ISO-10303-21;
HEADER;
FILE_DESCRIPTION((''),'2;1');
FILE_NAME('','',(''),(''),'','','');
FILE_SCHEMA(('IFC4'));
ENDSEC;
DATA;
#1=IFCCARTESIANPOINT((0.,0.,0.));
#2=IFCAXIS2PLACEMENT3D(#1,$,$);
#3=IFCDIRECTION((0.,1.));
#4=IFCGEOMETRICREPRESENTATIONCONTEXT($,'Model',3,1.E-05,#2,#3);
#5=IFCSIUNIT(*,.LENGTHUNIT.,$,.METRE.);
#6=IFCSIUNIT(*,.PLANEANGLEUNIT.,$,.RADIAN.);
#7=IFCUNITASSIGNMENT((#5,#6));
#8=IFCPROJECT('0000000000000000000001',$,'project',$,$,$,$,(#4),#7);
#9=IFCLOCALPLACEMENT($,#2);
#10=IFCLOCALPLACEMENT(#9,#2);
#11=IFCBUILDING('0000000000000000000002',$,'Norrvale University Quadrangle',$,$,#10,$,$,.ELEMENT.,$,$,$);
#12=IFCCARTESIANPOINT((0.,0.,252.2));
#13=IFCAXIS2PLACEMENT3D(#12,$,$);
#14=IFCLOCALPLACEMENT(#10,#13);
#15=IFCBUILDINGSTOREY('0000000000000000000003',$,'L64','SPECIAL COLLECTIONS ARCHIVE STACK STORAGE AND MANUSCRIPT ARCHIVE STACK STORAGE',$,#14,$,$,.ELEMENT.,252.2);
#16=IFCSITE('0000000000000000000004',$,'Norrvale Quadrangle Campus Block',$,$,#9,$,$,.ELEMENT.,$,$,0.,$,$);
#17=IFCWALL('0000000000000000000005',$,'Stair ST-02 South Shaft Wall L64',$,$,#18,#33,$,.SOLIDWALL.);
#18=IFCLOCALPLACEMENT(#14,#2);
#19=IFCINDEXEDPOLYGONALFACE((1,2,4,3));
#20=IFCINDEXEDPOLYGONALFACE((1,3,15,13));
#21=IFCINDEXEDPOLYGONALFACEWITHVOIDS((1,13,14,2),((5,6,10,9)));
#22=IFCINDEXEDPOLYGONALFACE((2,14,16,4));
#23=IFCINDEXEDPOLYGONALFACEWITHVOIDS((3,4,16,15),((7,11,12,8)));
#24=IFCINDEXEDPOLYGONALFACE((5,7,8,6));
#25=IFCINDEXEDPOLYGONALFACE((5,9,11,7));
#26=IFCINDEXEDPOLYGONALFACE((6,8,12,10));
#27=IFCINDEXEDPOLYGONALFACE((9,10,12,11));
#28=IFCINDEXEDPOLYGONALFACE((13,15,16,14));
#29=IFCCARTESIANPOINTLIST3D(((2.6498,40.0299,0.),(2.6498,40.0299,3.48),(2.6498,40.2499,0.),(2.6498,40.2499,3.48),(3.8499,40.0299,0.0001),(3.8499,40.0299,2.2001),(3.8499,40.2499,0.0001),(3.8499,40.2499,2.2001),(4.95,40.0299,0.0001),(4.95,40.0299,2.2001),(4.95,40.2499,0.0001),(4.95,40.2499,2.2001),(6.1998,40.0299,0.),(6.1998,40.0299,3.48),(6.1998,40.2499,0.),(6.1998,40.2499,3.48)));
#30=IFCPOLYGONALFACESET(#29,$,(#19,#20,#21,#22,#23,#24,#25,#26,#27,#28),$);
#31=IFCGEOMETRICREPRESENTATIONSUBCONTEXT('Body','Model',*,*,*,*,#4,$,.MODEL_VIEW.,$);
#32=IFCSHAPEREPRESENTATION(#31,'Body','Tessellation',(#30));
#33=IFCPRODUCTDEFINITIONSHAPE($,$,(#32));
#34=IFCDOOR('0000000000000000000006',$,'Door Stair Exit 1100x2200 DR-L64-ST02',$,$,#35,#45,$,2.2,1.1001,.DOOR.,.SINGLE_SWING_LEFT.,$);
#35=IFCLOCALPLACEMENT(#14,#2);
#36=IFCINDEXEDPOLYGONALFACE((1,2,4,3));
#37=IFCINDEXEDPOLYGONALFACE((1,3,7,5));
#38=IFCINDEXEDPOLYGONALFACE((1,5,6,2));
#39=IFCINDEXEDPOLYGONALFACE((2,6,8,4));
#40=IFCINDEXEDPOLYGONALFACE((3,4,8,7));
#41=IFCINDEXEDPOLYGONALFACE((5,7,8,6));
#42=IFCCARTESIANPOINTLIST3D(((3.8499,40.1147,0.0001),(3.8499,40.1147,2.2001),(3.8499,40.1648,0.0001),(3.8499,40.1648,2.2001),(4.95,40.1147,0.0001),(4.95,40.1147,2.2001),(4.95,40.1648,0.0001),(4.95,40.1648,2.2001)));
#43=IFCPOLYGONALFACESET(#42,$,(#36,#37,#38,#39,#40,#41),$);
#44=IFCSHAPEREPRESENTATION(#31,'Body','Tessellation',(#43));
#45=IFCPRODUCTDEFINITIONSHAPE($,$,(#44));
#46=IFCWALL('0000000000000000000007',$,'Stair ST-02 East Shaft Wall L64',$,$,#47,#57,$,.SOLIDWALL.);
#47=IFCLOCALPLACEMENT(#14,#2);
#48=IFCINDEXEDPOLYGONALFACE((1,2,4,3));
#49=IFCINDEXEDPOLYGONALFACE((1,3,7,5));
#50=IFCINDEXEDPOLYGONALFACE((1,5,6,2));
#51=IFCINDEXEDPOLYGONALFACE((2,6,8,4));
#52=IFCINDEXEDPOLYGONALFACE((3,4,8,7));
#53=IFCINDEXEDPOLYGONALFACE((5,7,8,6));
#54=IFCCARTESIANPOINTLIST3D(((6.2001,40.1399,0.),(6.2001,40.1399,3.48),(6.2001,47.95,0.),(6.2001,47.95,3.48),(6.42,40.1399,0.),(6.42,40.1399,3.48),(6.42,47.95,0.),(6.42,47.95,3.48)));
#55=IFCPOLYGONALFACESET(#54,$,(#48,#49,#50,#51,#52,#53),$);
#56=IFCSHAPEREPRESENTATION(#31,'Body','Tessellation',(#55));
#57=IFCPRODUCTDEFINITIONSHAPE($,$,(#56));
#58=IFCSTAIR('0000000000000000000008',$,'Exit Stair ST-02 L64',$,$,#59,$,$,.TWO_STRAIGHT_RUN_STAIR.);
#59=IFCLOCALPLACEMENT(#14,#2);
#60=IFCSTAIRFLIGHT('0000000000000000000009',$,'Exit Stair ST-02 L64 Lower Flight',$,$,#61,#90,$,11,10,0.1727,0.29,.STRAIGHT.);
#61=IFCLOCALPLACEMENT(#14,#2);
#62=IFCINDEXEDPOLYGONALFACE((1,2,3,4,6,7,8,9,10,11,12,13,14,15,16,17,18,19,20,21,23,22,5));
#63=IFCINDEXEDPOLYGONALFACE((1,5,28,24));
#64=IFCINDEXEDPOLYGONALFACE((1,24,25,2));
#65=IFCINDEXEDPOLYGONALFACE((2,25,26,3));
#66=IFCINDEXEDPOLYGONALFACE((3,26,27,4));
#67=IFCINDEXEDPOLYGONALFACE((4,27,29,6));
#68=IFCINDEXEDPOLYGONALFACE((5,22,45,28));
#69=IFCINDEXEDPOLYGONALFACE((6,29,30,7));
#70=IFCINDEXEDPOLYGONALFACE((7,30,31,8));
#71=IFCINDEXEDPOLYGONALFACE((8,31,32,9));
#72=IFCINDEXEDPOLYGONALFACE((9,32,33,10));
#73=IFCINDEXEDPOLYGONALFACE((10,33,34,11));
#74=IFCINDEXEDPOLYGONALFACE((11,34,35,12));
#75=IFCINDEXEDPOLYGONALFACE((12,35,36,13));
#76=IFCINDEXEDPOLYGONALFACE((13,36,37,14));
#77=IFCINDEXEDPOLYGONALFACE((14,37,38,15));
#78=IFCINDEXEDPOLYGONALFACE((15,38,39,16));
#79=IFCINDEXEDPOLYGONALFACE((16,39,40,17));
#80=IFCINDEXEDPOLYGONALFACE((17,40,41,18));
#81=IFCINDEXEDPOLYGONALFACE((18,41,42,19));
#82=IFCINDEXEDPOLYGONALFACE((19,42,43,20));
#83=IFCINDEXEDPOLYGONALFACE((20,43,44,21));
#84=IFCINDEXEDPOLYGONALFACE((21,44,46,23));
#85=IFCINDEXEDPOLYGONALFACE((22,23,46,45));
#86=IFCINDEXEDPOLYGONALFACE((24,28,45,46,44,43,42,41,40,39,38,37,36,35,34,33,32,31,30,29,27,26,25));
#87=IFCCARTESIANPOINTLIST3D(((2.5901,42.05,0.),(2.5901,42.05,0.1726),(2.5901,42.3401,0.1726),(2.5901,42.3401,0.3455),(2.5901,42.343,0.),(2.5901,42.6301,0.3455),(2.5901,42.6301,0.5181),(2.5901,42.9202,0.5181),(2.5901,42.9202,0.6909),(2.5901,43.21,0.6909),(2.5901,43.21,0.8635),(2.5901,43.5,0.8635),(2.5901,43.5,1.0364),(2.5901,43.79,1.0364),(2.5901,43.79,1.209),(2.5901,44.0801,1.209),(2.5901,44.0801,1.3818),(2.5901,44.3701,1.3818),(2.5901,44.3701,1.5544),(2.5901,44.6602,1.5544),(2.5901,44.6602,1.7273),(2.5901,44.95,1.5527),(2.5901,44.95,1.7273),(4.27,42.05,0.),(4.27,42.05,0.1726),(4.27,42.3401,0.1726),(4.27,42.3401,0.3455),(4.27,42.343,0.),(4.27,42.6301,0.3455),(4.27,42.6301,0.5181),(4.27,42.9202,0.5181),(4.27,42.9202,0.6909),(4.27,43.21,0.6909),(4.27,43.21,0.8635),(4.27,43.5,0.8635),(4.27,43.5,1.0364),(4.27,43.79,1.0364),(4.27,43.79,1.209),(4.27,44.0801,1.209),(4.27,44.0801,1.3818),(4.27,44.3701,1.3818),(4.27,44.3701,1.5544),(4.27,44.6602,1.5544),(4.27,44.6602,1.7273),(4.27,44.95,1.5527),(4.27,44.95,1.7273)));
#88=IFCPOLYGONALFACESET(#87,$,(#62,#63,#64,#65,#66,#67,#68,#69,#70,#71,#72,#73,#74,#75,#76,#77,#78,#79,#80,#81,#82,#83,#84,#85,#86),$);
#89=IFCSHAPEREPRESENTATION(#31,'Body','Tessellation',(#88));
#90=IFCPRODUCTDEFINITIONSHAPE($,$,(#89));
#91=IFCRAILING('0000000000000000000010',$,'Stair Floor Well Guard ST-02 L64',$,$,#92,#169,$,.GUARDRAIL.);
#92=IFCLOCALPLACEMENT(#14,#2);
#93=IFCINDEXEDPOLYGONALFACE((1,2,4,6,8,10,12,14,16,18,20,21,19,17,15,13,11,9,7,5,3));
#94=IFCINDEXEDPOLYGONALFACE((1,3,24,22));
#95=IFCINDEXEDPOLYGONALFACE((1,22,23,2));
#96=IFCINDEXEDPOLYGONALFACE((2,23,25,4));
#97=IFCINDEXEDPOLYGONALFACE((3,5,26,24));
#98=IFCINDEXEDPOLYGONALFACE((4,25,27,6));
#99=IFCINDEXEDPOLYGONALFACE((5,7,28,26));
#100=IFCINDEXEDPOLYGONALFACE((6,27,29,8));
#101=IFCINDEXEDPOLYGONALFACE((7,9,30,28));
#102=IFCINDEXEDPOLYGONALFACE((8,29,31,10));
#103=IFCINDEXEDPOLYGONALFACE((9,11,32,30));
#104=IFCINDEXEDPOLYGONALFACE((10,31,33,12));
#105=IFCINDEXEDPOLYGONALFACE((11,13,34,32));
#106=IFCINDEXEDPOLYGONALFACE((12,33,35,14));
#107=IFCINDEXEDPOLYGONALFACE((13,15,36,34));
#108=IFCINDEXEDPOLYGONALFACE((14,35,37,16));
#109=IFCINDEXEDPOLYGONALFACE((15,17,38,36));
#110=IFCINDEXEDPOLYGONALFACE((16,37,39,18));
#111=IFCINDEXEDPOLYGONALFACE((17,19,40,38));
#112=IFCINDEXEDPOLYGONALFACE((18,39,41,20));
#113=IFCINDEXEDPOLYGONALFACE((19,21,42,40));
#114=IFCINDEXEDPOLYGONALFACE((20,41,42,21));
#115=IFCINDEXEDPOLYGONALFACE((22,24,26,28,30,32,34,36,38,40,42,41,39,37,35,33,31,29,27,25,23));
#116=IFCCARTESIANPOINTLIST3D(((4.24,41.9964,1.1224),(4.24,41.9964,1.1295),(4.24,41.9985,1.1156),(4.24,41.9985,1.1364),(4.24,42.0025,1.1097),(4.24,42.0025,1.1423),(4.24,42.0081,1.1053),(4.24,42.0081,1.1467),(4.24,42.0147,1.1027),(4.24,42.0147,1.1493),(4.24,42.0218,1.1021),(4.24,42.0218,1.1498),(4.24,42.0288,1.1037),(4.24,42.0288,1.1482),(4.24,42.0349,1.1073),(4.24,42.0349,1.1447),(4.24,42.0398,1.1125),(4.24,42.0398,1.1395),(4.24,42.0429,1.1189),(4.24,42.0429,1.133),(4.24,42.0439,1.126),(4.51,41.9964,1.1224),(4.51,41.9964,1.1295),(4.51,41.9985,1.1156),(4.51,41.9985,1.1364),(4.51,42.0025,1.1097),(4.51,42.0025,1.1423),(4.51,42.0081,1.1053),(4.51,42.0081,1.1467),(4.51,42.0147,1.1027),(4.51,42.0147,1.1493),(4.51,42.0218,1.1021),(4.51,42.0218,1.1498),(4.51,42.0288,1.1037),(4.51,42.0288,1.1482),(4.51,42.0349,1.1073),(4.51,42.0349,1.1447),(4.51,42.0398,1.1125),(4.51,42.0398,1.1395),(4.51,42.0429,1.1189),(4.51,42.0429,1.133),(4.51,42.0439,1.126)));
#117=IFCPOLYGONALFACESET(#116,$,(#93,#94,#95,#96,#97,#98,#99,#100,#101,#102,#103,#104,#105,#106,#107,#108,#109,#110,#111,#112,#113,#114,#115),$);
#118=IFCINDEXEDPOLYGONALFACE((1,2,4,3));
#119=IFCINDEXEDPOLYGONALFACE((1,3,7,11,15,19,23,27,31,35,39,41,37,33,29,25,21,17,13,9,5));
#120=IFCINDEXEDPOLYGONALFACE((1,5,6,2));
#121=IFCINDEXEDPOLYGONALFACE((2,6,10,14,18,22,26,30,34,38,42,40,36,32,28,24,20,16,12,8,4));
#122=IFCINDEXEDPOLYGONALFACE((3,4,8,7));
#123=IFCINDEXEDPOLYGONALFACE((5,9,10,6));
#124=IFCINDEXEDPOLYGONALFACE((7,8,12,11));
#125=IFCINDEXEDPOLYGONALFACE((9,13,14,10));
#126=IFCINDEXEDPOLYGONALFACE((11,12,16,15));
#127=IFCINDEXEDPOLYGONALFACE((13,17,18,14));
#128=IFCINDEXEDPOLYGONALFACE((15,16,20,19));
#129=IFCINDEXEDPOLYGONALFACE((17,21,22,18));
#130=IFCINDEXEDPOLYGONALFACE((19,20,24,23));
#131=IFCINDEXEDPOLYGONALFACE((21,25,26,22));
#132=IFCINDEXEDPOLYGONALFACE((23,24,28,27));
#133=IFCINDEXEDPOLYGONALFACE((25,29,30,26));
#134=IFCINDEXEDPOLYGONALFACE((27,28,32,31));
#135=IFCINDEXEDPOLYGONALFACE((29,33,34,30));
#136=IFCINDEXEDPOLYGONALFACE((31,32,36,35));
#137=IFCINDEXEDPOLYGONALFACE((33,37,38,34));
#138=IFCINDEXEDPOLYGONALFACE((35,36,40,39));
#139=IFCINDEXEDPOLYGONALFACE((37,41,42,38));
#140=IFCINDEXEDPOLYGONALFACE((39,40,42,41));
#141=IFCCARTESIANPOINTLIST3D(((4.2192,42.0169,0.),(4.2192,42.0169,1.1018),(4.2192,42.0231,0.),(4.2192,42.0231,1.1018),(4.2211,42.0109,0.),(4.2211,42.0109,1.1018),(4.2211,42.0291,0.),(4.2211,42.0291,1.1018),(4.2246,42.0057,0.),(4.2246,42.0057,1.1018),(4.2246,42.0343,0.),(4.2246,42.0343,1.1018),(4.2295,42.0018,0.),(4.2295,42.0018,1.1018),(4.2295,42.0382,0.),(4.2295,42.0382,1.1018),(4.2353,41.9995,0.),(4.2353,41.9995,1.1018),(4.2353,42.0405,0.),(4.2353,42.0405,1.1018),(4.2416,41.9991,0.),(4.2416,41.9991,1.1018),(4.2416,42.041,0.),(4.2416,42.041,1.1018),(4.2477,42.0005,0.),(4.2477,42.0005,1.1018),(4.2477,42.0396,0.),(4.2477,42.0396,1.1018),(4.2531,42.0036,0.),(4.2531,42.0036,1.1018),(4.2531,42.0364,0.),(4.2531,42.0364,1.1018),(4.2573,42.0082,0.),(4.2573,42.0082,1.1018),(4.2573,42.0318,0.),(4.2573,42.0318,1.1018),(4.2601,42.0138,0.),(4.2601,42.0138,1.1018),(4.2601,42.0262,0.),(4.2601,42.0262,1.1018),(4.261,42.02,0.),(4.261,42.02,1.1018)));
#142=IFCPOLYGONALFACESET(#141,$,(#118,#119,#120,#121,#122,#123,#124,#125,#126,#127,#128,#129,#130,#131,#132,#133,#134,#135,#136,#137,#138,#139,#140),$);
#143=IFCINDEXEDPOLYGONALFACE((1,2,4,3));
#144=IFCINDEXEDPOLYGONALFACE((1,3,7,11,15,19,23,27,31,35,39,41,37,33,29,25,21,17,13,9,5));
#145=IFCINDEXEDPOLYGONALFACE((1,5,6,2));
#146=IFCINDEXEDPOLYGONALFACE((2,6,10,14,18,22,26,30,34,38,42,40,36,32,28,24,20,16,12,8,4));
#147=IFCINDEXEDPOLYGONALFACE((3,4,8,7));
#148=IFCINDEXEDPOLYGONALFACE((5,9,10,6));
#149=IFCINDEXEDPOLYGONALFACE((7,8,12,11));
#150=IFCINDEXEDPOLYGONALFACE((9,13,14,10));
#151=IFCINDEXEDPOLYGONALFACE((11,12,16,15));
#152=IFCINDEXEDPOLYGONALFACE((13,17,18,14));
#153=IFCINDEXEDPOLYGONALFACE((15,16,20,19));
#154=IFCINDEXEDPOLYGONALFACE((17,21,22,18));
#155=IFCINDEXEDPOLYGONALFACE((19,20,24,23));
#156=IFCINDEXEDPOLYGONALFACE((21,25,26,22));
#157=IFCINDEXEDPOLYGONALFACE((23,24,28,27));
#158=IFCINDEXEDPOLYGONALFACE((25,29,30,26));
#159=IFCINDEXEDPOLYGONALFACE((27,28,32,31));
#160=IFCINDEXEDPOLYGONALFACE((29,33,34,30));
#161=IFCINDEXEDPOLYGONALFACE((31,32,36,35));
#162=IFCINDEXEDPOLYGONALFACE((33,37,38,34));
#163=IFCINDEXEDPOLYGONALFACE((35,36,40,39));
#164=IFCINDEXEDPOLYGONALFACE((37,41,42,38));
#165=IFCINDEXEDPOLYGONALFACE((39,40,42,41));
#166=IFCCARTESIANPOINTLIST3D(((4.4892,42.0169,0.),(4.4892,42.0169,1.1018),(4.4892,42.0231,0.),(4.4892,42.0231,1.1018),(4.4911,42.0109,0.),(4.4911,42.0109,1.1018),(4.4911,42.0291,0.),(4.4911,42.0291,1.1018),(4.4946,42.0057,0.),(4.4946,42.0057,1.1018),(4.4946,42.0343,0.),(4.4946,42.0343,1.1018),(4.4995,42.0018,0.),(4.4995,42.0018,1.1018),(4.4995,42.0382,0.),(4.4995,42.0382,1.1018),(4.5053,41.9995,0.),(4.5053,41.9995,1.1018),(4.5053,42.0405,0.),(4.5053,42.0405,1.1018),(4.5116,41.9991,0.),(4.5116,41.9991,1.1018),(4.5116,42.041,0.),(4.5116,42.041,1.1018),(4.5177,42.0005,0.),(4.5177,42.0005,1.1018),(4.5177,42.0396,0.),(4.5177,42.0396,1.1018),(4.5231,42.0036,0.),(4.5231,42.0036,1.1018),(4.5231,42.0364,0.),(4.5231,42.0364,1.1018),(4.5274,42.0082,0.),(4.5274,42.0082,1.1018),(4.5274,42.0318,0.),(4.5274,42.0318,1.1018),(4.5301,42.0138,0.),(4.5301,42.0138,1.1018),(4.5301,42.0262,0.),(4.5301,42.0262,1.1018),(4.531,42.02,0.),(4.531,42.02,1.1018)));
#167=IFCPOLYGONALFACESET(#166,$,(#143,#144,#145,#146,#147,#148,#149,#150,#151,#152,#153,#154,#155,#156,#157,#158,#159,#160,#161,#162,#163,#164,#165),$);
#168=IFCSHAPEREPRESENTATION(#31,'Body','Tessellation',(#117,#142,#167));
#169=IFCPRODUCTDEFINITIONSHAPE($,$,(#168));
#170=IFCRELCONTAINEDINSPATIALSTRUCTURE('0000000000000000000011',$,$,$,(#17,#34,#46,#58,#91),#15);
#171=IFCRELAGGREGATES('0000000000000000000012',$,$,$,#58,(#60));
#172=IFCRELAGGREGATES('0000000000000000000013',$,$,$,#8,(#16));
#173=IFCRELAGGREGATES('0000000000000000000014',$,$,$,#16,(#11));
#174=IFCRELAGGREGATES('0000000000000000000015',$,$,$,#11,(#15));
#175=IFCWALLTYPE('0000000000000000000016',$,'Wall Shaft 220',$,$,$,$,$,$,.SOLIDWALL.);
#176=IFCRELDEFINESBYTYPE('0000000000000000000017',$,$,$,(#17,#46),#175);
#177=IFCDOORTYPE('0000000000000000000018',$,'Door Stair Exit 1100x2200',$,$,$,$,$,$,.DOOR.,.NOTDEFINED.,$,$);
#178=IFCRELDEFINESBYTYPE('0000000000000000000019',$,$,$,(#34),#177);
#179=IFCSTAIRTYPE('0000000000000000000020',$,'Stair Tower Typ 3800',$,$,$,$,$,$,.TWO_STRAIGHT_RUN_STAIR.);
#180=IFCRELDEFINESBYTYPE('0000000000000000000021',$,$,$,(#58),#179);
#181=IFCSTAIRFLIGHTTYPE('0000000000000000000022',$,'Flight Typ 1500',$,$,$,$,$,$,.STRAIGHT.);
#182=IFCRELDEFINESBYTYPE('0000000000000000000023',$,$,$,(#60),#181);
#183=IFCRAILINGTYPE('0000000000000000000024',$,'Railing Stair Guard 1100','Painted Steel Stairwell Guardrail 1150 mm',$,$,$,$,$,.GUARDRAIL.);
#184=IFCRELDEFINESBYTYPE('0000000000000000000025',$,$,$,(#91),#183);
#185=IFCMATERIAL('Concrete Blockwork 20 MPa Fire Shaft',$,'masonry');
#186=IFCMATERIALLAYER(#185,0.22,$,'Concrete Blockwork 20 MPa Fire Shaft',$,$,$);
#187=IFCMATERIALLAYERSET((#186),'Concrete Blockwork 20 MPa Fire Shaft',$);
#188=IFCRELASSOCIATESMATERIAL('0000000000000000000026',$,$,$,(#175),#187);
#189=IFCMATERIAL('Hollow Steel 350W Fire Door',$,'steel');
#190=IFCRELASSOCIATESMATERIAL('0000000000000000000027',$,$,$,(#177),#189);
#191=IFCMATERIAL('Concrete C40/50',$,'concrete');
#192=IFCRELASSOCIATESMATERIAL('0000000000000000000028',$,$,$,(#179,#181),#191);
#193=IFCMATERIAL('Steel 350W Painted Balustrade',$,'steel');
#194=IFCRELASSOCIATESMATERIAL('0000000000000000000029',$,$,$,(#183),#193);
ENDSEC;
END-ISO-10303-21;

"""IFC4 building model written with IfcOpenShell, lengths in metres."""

from ifc_helpers import new_model, si_unit, direction, frame, frame_2d, origin, origin_2d, place, context, subcontext, project, spatial, polyline, rectangle, circle, outline, extrude, material, layer, layer_set, type_object, element, fill, aggregate, save


model = new_model("IFC4")

# Units and contexts
model_context = context("Model", 3, precision=1e-05, world=origin(), true_north=direction((0.0, 1.0)))
body_context = subcontext(model_context, "Body", "Model", "MODEL_VIEW")
ifc_project = project(units=[si_unit("LENGTHUNIT", "METRE"), si_unit("PLANEANGLEUNIT", "RADIAN")], contexts=[model_context])

# Site, building, storey
site_placement = place(None, origin())
site = spatial("IfcSite", under=ifc_project, at=site_placement, Name="Norrvale Quadrangle Campus Block", CompositionType="ELEMENT", RefElevation=0.0)
building_placement = place(site_placement, origin())
building = spatial("IfcBuilding", under=site, at=building_placement, Name="Norrvale University Quadrangle", CompositionType="ELEMENT")
storey_placement = place(building_placement, frame((0.0, 0.0, 252.2)))
storey = spatial("IfcBuildingStorey", under=building, at=storey_placement, Name="L64", Description="SPECIAL COLLECTIONS ARCHIVE STACK STORAGE AND MANUSCRIPT ARCHIVE STACK STORAGE", CompositionType="ELEMENT", Elevation=252.2)

# Wall, opening, door
ifc_material_1 = material(Name="Concrete Blockwork 20 MPa Fire Shaft", Category="masonry")
ifc_layer_1 = layer(ifc_material_1, 0.22, Name="Concrete Blockwork 20 MPa Fire Shaft")
ifc_layer_set_1 = layer_set([ifc_layer_1], Name="Concrete Blockwork 20 MPa Fire Shaft")
wall_type_1 = type_object("IfcWallType", Name="Wall Shaft 220", PredefinedType="SOLIDWALL", material=ifc_layer_set_1)
wall_1_placement = place(storey_placement, frame((2.6499, 40.1399, 0.0), z_axis=(0.0, 0.0, 1.0), x_axis=(1.0, 0.0, 0.0)))
wall_1 = element("IfcWall", 1, at=wall_1_placement, inside=storey, type_object=wall_type_1, Name="Stair ST-02 South Shaft Wall L64", PredefinedType="SOLIDWALL", context=body_context, shape_type="SweptSolid", body=[
    extrude(rectangle(XDim=3.55, YDim=0.22, at=frame_2d((1.7749, 0.0))), origin(), (0.0, 0.0, 1.0), 3.48),
])
opening_placement = place(wall_1_placement, frame((1.2, 0.0, 0.0)))
opening = element("IfcOpeningElement", 2, at=opening_placement, cuts=wall_1, PredefinedType="OPENING", context=body_context, shape_type="SweptSolid", body=[
    extrude(rectangle(XDim=1.1001, YDim=2.2, at=frame_2d((0.55, 1.1001))), frame((0.0, 0.1221, 0.0), z_axis=(0.0, -1.0, 0.0), x_axis=(1.0, 0.0, 0.0)), (0.0, 0.0, 1.0), 0.2439),
])
ifc_material_2 = material(Name="Hollow Steel 350W Fire Door", Category="steel")
door_type = type_object("IfcDoorType", Name="Door Stair Exit 1100x2200", OperationType="NOTDEFINED", PredefinedType="DOOR", material=ifc_material_2)
door_placement = place(opening_placement, origin())
door = element("IfcDoor", 3, at=door_placement, inside=storey, type_object=door_type, Name="Door Stair Exit 1100x2200 DR-L64-ST02", OperationType="SINGLE_SWING_LEFT", OverallHeight=2.2, OverallWidth=1.1001, PredefinedType="DOOR", context=body_context, shape_type="SweptSolid", body=[
    extrude(rectangle(XDim=1.1001, YDim=2.2, at=frame_2d((0.55, 1.1001))), frame((0.0, 0.0249, 0.0), z_axis=(0.0, -1.0, 0.0), x_axis=(1.0, 0.0, 0.0)), (0.0, 0.0, 1.0), 0.05),
])
fill(opening, door)

# Wall
wall_2_placement = place(storey_placement, frame((6.3101, 40.1399, 0.0), z_axis=(0.0, 0.0, 1.0), x_axis=(0.0, 1.0, 0.0)))
element("IfcWall", 4, at=wall_2_placement, inside=storey, type_object=wall_type_1, Name="Stair ST-02 East Shaft Wall L64", PredefinedType="SOLIDWALL", context=body_context, shape_type="SweptSolid", body=[
    extrude(rectangle(XDim=7.8101, YDim=0.22, at=frame_2d((3.905, 0.0))), origin(), (0.0, 0.0, 1.0), 3.48),
])

# Stair, stair flight
ifc_material_3 = material(Name="Concrete C40/50", Category="concrete")
stair_type = type_object("IfcStairType", Name="Stair Tower Typ 3800", PredefinedType="TWO_STRAIGHT_RUN_STAIR", material=ifc_material_3)
stair_placement = place(storey_placement, origin())
stair = element("IfcStair", 5, at=stair_placement, inside=storey, type_object=stair_type, Name="Exit Stair ST-02 L64", PredefinedType="TWO_STRAIGHT_RUN_STAIR")
stair_flight_type = type_object("IfcStairFlightType", Name="Flight Typ 1500", PredefinedType="STRAIGHT", material=ifc_material_3)
stair_flight_placement = place(storey_placement, frame((3.4299, 42.05, 0.0), z_axis=(0.0, 0.0, 1.0), x_axis=(0.0, 1.0, 0.0)))
stair_flight = element("IfcStairFlight", 6, at=stair_flight_placement, type_object=stair_flight_type, Name="Exit Stair ST-02 L64 Lower Flight", NumberOfRisers=11, NumberOfTreads=10, PredefinedType="STRAIGHT", RiserHeight=0.1727, TreadLength=0.29, context=body_context, shape_type="SweptSolid", body=[
    extrude(outline(polyline([(0.0, 0.0), (0.0, 0.1726), (0.29, 0.1726), (0.29, 0.3455), (0.5801, 0.3455), (0.5801, 0.5181), (0.8701, 0.5181), (0.8701, 0.6909), (1.1599, 0.6909), (1.1599, 0.8635), (1.45, 0.8635), (1.45, 1.0364), (1.74, 1.0364), (1.74, 1.209), (2.03, 1.209), (2.03, 1.3818), (2.3201, 1.3818), (2.3201, 1.5544), (2.6101, 1.5544), (2.6101, 1.7273), (2.8999, 1.7273), (2.8999, 1.8999), (2.8999, 1.5527), (0.293, 0.0), (0.0, 0.0)])), frame((0.0, 0.8398, 0.0), z_axis=(0.0, -1.0, 0.0), x_axis=(1.0, 0.0, 0.0)), (0.0, 0.0, 1.0), 1.6799),
])
aggregate(stair, [stair_flight])

# Railing
ifc_material_4 = material(Name="Steel 350W Painted Balustrade", Category="steel")
railing_type_1 = type_object("IfcRailingType", Name="Railing Stair Guard 1100", Description="Painted Steel Stairwell Guardrail 1150 mm", PredefinedType="GUARDRAIL", material=ifc_material_4)
railing_1_placement = place(storey_placement, frame((4.24, 42.02, 0.0)))
element("IfcRailing", 7, at=railing_1_placement, inside=storey, type_object=railing_type_1, Name="Stair Floor Well Guard ST-02 L64", PredefinedType="GUARDRAIL", context=body_context, shape_type="SweptSolid", body=[
    extrude(circle(Radius=0.0239, at=origin_2d()), frame((0.0, 0.0, 1.126), z_axis=(1.0, 0.0, 0.0), x_axis=(0.0, 1.0, 0.0)), (0.0, 0.0, 1.0), 0.27),
    extrude(circle(Radius=0.021, at=origin_2d()), origin(), (0.0, 0.0, 1.0), 1.1018),
    extrude(circle(Radius=0.021, at=origin_2d()), frame((0.27, 0.0, 0.0)), (0.0, 0.0, 1.0), 1.1018),
])

save(model, "model.ifc")
